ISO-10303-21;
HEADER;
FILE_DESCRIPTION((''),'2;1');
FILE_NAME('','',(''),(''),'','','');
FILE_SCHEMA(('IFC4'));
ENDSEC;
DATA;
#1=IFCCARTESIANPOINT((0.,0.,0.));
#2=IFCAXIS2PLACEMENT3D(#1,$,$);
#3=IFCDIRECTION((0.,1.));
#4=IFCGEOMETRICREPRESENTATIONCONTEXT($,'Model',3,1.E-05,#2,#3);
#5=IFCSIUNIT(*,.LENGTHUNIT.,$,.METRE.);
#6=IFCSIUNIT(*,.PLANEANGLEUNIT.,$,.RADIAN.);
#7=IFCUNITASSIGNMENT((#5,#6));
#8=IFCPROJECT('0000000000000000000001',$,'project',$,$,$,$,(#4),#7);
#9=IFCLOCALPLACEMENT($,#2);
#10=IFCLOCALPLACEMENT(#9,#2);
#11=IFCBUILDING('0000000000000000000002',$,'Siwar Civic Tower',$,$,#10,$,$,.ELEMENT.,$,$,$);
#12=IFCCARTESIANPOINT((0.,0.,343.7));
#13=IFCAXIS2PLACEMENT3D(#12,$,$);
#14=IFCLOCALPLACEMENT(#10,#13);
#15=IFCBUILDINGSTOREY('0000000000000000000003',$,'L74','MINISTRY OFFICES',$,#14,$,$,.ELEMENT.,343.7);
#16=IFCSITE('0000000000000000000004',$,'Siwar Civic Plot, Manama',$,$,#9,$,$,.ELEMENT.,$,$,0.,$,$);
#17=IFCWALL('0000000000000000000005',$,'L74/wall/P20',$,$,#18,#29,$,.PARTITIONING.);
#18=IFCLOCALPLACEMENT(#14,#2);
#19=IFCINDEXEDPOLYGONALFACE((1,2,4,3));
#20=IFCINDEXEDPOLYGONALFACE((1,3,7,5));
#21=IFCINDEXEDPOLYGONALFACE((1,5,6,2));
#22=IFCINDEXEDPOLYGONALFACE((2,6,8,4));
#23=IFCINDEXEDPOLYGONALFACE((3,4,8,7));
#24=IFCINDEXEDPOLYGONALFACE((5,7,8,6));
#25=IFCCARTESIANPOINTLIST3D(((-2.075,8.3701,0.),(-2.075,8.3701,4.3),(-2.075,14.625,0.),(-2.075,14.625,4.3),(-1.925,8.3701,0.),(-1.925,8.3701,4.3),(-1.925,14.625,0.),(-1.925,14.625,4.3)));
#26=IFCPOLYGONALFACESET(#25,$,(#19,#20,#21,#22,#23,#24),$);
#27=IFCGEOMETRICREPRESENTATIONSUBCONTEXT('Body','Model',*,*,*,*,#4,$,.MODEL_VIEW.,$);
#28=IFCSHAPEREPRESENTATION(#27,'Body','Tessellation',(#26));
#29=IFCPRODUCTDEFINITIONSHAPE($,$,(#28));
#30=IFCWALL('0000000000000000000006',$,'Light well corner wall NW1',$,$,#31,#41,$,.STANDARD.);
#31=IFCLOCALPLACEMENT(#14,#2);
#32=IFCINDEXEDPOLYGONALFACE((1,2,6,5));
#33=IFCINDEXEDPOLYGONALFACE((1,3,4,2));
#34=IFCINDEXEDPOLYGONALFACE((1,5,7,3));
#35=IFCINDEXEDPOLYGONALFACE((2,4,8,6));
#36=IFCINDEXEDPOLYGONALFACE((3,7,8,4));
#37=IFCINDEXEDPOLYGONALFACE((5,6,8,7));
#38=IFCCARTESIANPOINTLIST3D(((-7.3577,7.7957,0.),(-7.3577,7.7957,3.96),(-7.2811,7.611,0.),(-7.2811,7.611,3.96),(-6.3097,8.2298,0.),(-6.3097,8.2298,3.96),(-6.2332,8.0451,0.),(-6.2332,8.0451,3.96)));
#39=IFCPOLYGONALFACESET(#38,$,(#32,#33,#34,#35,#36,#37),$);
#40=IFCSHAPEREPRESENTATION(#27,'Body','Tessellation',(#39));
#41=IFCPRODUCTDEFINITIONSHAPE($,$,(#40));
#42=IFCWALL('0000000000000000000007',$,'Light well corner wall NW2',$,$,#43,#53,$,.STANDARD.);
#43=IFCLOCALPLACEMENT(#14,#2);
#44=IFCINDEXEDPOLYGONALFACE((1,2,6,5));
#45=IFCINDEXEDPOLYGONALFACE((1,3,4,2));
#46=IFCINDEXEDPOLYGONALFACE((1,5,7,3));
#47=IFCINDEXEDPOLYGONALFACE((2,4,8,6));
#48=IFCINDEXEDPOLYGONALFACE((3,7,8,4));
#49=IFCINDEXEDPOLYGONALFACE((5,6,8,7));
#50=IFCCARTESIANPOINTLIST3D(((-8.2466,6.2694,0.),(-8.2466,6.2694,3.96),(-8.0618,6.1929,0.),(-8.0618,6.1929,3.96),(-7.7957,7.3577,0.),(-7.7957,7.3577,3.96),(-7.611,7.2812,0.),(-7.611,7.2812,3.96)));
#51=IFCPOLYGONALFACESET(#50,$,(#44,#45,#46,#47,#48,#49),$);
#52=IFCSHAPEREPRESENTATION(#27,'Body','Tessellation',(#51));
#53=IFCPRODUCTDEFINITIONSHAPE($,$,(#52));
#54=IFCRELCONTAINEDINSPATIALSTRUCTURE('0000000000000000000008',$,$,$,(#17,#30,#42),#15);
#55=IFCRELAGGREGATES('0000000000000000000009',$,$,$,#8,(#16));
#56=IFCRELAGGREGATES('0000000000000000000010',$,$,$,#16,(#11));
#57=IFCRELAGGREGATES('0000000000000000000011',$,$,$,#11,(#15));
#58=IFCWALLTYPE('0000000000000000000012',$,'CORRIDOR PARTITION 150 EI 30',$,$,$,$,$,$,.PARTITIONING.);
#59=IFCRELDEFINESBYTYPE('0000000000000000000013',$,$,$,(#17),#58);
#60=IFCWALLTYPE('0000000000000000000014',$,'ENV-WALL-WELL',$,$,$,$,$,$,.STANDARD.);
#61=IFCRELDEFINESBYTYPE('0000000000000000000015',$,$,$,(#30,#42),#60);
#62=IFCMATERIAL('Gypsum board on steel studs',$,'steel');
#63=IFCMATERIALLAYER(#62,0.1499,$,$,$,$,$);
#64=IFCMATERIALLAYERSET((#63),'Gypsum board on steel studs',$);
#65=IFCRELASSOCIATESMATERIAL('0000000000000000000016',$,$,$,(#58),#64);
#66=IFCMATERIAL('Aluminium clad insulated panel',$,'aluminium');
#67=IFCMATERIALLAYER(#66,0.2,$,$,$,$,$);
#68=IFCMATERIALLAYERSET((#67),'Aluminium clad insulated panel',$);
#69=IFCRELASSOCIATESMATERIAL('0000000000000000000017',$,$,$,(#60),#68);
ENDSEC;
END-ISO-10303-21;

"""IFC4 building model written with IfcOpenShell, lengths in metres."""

from ifc_helpers import new_model, si_unit, direction, frame, frame_2d, origin, place, context, subcontext, project, spatial, rectangle, extrude, material, layer, layer_set, type_object, element, save


model = new_model("IFC4")

# Units and contexts
model_context = context("Model", 3, precision=1e-05, world=origin(), true_north=direction((0.0, 1.0)))
body_context = subcontext(model_context, "Body", "Model", "MODEL_VIEW")
ifc_project = project(units=[si_unit("LENGTHUNIT", "METRE"), si_unit("PLANEANGLEUNIT", "RADIAN")], contexts=[model_context])

# Site, building, storey
site_placement = place(None, origin())
site = spatial("IfcSite", under=ifc_project, at=site_placement, Name="Siwar Civic Plot, Manama", CompositionType="ELEMENT", RefElevation=0.0)
building_placement = place(site_placement, origin())
building = spatial("IfcBuilding", under=site, at=building_placement, Name="Siwar Civic Tower", CompositionType="ELEMENT")
storey_placement = place(building_placement, frame((0.0, 0.0, 343.7)))
storey = spatial("IfcBuildingStorey", under=building, at=storey_placement, Name="L74", Description="MINISTRY OFFICES", CompositionType="ELEMENT", Elevation=343.7)

# Walls
ifc_material_1 = material(Name="Gypsum board on steel studs", Category="steel")
ifc_layer_1 = layer(ifc_material_1, 0.1499)
ifc_layer_set_1 = layer_set([ifc_layer_1], Name="Gypsum board on steel studs")
wall_type_1 = type_object("IfcWallType", Name="CORRIDOR PARTITION 150 EI 30", PredefinedType="PARTITIONING", material=ifc_layer_set_1)
wall_1_placement = place(storey_placement, frame((-2.0, 8.3701, 0.0), z_axis=(0.0, 0.0, 1.0), x_axis=(0.0, 1.0, 0.0)))
element("IfcWall", 1, at=wall_1_placement, inside=storey, type_object=wall_type_1, Name="L74/wall/P20", PredefinedType="PARTITIONING", context=body_context, shape_type="SweptSolid", body=[
    extrude(rectangle(XDim=6.2549, YDim=0.1499, at=frame_2d((3.1274, 0.0))), origin(), (0.0, 0.0, 1.0), 4.3),
])
ifc_material_2 = material(Name="Aluminium clad insulated panel", Category="aluminium")
ifc_layer_2 = layer(ifc_material_2, 0.2)
ifc_layer_set_2 = layer_set([ifc_layer_2], Name="Aluminium clad insulated panel")
wall_type_2 = type_object("IfcWallType", Name="ENV-WALL-WELL", PredefinedType="STANDARD", material=ifc_layer_set_2)
wall_2_placement = place(storey_placement, frame((-6.2715, 8.1375, 0.0), z_axis=(0.0, 0.0, 1.0), x_axis=(-0.923865, -0.382719, 0.0)))
element("IfcWall", 2, at=wall_2_placement, inside=storey, type_object=wall_type_2, Name="Light well corner wall NW1", PredefinedType="STANDARD", context=body_context, shape_type="SweptSolid", body=[
    extrude(rectangle(XDim=1.1343, YDim=0.2, at=frame_2d((0.5671, 0.0))), origin(), (0.0, 0.0, 1.0), 3.96),
])
wall_3_placement = place(storey_placement, frame((-7.7034, 7.3193, 0.0), z_axis=(0.0, 0.0, 1.0), x_axis=(-0.382761, -0.923848, 0.0)))
element("IfcWall", 3, at=wall_3_placement, inside=storey, type_object=wall_type_2, Name="Light well corner wall NW2", PredefinedType="STANDARD", context=body_context, shape_type="SweptSolid", body=[
    extrude(rectangle(XDim=1.178, YDim=0.2, at=frame_2d((0.5889, 0.0))), origin(), (0.0, 0.0, 1.0), 3.96),
])

save(model, "model.ifc")
